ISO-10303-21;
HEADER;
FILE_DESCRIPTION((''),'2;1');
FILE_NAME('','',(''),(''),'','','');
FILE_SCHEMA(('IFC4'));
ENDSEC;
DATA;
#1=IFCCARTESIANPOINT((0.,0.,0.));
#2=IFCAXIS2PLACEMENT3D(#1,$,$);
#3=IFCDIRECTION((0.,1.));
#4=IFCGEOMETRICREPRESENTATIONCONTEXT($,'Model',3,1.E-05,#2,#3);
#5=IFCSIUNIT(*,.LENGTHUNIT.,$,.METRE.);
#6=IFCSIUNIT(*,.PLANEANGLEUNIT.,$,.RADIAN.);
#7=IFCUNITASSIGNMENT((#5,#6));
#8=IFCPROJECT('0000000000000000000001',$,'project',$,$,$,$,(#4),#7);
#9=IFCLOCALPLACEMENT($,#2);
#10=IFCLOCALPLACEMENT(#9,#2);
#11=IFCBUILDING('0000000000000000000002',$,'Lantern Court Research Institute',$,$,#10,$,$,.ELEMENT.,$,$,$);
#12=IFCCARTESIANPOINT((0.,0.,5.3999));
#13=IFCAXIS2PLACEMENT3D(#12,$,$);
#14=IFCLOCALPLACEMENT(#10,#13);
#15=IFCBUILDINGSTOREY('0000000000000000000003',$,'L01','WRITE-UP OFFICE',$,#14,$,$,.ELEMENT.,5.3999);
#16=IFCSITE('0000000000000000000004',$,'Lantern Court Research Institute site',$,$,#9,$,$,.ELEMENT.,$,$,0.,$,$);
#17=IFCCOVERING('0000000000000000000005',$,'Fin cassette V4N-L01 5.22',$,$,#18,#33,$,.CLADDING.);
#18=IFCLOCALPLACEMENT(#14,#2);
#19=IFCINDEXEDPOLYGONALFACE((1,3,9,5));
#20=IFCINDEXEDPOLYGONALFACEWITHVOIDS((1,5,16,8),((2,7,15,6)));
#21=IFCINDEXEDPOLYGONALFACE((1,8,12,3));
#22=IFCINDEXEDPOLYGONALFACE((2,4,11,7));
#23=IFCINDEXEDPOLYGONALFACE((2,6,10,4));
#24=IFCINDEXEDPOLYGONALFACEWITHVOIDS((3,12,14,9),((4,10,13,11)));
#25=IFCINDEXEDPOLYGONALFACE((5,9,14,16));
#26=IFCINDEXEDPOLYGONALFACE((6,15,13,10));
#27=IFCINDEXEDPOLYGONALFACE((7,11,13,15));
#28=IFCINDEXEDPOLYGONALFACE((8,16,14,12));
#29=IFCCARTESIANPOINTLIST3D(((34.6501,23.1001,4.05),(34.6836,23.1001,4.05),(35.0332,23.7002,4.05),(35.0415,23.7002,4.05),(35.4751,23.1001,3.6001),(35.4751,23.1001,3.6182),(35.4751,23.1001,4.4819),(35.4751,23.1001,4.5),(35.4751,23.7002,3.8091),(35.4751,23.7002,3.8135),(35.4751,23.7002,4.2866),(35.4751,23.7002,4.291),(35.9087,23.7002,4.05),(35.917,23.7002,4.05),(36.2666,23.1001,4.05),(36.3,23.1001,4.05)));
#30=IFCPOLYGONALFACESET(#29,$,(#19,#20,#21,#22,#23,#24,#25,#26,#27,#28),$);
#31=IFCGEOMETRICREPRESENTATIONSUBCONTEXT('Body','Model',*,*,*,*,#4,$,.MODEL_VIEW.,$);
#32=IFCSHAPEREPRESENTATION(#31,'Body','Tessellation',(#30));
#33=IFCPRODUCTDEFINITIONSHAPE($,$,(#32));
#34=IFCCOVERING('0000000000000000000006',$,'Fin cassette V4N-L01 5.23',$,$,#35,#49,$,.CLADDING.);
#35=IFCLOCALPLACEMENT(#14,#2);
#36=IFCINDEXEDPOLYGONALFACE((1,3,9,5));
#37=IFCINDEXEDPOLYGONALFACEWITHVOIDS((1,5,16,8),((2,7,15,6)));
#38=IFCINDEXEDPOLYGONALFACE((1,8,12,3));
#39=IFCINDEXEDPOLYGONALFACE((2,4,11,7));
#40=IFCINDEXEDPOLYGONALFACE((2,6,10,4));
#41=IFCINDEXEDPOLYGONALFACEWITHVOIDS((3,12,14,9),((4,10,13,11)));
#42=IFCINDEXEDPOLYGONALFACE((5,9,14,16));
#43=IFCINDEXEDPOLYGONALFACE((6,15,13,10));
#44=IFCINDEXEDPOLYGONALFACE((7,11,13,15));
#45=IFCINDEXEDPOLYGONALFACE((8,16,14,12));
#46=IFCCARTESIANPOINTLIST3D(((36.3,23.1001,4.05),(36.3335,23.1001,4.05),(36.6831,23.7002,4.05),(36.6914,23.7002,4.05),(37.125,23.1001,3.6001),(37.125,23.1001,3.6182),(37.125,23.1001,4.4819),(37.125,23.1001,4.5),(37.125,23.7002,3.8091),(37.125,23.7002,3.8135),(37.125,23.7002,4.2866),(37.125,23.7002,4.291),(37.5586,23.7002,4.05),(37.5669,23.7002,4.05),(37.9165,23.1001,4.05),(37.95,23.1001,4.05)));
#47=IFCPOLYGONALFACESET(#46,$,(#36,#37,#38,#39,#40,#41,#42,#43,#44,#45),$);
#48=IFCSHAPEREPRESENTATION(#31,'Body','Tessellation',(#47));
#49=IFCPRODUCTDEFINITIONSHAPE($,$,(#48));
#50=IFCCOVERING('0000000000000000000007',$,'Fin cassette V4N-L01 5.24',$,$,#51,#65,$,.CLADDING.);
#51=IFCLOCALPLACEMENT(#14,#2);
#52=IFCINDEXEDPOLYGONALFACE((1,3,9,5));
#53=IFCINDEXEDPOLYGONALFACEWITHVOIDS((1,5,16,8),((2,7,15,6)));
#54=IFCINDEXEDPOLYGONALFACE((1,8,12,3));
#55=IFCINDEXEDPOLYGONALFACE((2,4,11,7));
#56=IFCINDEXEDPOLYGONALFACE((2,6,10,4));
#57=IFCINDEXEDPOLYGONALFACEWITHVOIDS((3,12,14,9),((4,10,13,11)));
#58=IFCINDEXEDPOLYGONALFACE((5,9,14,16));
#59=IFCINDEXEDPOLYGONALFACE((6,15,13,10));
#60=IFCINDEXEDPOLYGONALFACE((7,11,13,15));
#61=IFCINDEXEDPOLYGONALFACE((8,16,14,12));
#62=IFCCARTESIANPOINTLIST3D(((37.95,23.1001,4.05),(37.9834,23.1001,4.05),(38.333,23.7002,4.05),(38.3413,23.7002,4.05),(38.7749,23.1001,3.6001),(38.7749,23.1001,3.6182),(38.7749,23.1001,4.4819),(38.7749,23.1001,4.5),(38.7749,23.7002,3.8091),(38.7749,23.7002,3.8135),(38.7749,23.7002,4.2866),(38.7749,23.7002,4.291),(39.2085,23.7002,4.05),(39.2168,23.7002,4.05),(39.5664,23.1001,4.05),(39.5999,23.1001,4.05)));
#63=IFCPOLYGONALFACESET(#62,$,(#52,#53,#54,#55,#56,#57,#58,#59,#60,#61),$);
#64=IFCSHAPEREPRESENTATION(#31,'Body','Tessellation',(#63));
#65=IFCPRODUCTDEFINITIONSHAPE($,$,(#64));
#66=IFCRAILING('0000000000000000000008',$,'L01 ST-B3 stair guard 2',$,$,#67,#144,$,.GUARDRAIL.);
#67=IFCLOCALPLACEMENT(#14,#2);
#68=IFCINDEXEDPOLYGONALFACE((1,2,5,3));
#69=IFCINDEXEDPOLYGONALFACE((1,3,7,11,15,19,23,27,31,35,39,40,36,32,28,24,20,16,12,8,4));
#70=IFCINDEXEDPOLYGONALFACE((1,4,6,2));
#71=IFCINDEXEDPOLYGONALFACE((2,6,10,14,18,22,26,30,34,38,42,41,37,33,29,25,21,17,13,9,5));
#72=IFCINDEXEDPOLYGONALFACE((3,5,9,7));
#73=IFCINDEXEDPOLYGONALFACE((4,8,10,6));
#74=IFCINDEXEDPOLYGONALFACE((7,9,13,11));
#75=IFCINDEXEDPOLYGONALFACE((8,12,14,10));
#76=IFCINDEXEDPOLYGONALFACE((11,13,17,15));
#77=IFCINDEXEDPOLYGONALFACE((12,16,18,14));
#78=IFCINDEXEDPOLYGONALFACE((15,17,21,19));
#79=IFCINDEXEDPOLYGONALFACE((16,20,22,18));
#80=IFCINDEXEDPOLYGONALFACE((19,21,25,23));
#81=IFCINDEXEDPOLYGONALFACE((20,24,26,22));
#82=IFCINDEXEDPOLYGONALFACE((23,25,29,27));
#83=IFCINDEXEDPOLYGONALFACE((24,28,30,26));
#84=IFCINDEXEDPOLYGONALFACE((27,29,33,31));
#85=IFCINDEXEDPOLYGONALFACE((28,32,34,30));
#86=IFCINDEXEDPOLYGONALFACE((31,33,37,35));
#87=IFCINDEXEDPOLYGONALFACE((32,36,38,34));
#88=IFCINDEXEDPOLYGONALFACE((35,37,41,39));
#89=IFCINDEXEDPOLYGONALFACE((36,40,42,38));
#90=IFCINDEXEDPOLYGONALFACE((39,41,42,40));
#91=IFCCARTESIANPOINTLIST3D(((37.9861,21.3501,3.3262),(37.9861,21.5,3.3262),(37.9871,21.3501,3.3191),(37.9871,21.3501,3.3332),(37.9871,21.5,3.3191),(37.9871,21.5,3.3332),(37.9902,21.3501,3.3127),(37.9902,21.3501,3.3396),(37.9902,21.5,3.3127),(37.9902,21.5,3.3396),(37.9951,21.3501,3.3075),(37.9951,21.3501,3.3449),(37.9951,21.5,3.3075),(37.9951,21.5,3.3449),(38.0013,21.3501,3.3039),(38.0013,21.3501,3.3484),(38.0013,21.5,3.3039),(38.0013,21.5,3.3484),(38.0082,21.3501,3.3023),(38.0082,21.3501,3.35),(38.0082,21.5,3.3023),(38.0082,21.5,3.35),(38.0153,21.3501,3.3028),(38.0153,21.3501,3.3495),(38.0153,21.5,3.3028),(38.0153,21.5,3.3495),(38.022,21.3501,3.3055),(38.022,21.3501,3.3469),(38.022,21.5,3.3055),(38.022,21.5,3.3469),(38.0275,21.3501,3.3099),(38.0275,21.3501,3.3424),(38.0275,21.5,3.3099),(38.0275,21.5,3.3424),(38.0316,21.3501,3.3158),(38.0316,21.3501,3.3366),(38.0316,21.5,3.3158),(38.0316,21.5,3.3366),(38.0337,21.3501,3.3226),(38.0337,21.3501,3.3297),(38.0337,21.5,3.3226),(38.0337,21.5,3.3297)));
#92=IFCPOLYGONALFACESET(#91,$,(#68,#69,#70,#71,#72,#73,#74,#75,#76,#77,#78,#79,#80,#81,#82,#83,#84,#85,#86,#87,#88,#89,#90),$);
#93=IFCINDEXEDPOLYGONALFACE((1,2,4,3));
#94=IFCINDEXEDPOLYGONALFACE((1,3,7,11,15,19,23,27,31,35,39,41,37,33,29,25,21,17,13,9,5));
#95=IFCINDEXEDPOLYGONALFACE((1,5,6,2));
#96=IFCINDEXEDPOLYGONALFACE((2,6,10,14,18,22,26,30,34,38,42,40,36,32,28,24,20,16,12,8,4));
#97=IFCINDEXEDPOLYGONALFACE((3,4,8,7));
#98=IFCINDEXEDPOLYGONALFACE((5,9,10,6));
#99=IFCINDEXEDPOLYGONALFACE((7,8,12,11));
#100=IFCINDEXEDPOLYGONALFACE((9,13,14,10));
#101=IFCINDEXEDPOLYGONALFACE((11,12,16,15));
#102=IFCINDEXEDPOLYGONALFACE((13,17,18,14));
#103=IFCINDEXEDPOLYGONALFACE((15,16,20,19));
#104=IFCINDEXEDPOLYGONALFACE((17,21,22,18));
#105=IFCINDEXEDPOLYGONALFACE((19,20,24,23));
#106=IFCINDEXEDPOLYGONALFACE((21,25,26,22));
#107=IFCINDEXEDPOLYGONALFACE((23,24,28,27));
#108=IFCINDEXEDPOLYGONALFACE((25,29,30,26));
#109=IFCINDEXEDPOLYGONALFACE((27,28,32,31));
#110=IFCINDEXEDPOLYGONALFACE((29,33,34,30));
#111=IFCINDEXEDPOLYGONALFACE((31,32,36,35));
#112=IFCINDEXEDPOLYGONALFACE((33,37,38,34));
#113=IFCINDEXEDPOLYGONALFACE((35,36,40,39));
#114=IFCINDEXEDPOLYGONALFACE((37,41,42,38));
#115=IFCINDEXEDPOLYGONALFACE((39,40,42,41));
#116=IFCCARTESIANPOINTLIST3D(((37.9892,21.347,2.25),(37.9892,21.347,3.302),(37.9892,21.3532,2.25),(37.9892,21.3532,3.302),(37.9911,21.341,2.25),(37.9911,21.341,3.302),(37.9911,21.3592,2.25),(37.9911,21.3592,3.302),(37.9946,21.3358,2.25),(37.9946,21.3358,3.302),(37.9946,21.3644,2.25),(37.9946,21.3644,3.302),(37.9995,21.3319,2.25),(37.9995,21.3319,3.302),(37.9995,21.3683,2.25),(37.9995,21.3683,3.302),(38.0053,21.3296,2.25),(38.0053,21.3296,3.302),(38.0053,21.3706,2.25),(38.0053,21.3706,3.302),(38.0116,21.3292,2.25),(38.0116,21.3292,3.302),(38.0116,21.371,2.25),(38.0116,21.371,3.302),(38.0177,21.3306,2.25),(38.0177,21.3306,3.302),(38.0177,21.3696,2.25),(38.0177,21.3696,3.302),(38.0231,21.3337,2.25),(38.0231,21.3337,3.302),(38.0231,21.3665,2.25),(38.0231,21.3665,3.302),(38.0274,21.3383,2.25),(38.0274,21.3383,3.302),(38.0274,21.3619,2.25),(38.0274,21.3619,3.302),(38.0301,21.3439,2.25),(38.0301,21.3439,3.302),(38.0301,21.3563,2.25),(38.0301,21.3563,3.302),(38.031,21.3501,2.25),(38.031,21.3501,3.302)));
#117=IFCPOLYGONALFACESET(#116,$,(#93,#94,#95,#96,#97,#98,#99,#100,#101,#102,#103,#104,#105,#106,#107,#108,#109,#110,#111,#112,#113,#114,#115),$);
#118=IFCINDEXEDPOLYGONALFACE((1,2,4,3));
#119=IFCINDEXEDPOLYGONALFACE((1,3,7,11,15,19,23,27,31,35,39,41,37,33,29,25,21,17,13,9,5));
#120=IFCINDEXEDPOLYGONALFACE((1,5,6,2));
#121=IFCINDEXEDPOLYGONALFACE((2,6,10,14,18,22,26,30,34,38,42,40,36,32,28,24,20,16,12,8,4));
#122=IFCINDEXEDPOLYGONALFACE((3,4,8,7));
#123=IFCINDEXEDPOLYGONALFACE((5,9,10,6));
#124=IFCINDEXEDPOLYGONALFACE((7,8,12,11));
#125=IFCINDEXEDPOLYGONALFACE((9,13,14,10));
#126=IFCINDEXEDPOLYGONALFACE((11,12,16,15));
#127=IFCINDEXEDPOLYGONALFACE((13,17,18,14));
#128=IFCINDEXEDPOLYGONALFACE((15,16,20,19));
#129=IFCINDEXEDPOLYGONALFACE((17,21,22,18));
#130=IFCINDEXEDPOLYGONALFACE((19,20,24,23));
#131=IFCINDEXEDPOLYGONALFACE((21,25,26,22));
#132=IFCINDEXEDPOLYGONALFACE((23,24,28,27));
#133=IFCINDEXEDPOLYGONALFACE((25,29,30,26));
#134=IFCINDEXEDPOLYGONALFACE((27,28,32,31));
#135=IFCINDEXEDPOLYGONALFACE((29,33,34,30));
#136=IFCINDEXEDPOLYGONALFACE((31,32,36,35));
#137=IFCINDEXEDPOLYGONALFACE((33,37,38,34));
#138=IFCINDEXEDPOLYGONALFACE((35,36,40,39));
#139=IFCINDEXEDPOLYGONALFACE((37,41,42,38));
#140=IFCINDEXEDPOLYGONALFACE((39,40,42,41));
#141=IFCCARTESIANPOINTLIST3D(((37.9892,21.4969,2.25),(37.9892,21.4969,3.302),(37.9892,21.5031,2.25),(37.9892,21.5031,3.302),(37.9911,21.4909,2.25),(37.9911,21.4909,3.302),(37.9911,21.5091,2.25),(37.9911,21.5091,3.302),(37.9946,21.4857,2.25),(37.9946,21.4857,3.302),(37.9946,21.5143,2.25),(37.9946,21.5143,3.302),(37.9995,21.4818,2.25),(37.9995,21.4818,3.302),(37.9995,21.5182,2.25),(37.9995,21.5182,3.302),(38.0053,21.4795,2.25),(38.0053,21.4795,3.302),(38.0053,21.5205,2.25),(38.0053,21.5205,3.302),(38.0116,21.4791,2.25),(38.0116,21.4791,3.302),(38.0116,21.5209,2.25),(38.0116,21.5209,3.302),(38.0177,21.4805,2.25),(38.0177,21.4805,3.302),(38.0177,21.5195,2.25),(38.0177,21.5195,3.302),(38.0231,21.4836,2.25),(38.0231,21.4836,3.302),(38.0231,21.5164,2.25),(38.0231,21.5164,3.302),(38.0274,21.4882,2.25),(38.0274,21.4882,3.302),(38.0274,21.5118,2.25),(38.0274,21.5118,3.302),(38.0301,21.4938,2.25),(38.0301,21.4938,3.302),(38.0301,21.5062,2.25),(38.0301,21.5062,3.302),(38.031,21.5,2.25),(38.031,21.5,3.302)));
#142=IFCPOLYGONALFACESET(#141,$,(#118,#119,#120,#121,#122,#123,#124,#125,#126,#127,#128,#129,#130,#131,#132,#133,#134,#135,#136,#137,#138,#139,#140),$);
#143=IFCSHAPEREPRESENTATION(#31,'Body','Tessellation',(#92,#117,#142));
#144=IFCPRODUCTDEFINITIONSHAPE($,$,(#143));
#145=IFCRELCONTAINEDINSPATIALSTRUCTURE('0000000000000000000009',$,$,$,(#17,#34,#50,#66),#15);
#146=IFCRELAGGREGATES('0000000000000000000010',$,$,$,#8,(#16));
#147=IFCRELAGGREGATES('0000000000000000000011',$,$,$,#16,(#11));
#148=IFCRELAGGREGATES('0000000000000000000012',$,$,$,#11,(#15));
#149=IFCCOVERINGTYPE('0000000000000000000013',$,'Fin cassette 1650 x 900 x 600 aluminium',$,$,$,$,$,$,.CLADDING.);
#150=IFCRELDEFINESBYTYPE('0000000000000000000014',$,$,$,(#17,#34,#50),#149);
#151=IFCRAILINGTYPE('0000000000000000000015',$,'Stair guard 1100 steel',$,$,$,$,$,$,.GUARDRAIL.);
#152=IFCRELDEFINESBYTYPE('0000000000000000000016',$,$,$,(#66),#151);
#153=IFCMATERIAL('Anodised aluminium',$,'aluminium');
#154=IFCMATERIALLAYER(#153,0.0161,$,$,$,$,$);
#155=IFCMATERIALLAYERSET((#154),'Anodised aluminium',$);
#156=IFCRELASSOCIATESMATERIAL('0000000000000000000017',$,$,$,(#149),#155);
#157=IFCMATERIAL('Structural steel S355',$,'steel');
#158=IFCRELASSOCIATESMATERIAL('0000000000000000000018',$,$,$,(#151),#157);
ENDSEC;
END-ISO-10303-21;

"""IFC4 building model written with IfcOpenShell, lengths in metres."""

from ifc_helpers import new_model, entity, si_unit, direction, frame, origin, origin_2d, place, context, subcontext, project, spatial, circle, extrude, material, layer, layer_set, type_object, element, save


model = new_model("IFC4")

# Units and contexts
model_context = context("Model", 3, precision=1e-05, world=origin(), true_north=direction((0.0, 1.0)))
body_context = subcontext(model_context, "Body", "Model", "MODEL_VIEW")
ifc_project = project(units=[si_unit("LENGTHUNIT", "METRE"), si_unit("PLANEANGLEUNIT", "RADIAN")], contexts=[model_context])

# Site, building, storey
site_placement = place(None, origin())
site = spatial("IfcSite", under=ifc_project, at=site_placement, Name="Lantern Court Research Institute site", CompositionType="ELEMENT", RefElevation=0.0)
building_placement = place(site_placement, origin())
building = spatial("IfcBuilding", under=site, at=building_placement, Name="Lantern Court Research Institute", CompositionType="ELEMENT")
storey_placement = place(building_placement, frame((0.0, 0.0, 5.3999)))
storey = spatial("IfcBuildingStorey", under=building, at=storey_placement, Name="L01", Description="WRITE-UP OFFICE", CompositionType="ELEMENT", Elevation=5.3999)

# Coverings
ifc_material_1 = material(Name="Anodised aluminium", Category="aluminium")
ifc_layer_1 = layer(ifc_material_1, 0.0161)
ifc_layer_set_1 = layer_set([ifc_layer_1], Name="Anodised aluminium")
covering_type = type_object("IfcCoveringType", Name="Fin cassette 1650 x 900 x 600 aluminium", PredefinedType="CLADDING", material=ifc_layer_set_1)
covering_1_placement = place(storey_placement, frame((35.4751, 23.1001, 4.05), z_axis=(0.0, 1.0, 0.0), x_axis=(-1.0, 0.0, 0.0)))
cartesian_point_1 = entity("IfcCartesianPoint", [0.825, 0.0])
cartesian_point_2 = entity("IfcCartesianPoint", [0.7915, 0.0])
cartesian_point_3 = entity("IfcCartesianPoint", [0.4419, 0.0])
cartesian_point_4 = entity("IfcCartesianPoint", [0.4336, 0.0])
element("IfcCovering", 1, at=covering_1_placement, inside=storey, type_object=covering_type, Name="Fin cassette V4N-L01 5.22", PredefinedType="CLADDING", context=body_context, shape_type="SweptSolid", body=[
    entity("IfcExtrudedAreaSolidTapered", entity("IfcArbitraryProfileDefWithVoids", "AREA", None, entity("IfcPolyline", [cartesian_point_1, entity("IfcCartesianPoint", [0.0, 0.45]), entity("IfcCartesianPoint", [-0.825, 0.0]), entity("IfcCartesianPoint", [0.0, -0.45]), cartesian_point_1]), [entity("IfcPolyline", [cartesian_point_2, entity("IfcCartesianPoint", [0.0, 0.4319]), entity("IfcCartesianPoint", [-0.7915, 0.0]), entity("IfcCartesianPoint", [0.0, -0.4319]), cartesian_point_2])]), entity("IfcAxis2Placement3D", entity("IfcCartesianPoint", [0.0, 0.0, 0.0])), entity("IfcDirection", [0.0, 0.0, 1.0]), 0.6001, entity("IfcArbitraryProfileDefWithVoids", "AREA", None, entity("IfcPolyline", [cartesian_point_3, entity("IfcCartesianPoint", [0.0, 0.241]), entity("IfcCartesianPoint", [-0.4419, 0.0]), entity("IfcCartesianPoint", [0.0, -0.241]), cartesian_point_3]), [entity("IfcPolyline", [cartesian_point_4, entity("IfcCartesianPoint", [0.0, 0.2366]), entity("IfcCartesianPoint", [-0.4336, 0.0]), entity("IfcCartesianPoint", [0.0, -0.2366]), cartesian_point_4])])),
])
covering_2_placement = place(storey_placement, frame((37.125, 23.1001, 4.05), z_axis=(0.0, 1.0, 0.0), x_axis=(-1.0, 0.0, 0.0)))
cartesian_point_5 = entity("IfcCartesianPoint", [0.825, 0.0])
cartesian_point_6 = entity("IfcCartesianPoint", [0.7915, 0.0])
cartesian_point_7 = entity("IfcCartesianPoint", [0.4419, 0.0])
cartesian_point_8 = entity("IfcCartesianPoint", [0.4336, 0.0])
element("IfcCovering", 2, at=covering_2_placement, inside=storey, type_object=covering_type, Name="Fin cassette V4N-L01 5.23", PredefinedType="CLADDING", context=body_context, shape_type="SweptSolid", body=[
    entity("IfcExtrudedAreaSolidTapered", entity("IfcArbitraryProfileDefWithVoids", "AREA", None, entity("IfcPolyline", [cartesian_point_5, entity("IfcCartesianPoint", [0.0, 0.45]), entity("IfcCartesianPoint", [-0.825, 0.0]), entity("IfcCartesianPoint", [0.0, -0.45]), cartesian_point_5]), [entity("IfcPolyline", [cartesian_point_6, entity("IfcCartesianPoint", [0.0, 0.4319]), entity("IfcCartesianPoint", [-0.7915, 0.0]), entity("IfcCartesianPoint", [0.0, -0.4319]), cartesian_point_6])]), entity("IfcAxis2Placement3D", entity("IfcCartesianPoint", [0.0, 0.0, 0.0])), entity("IfcDirection", [0.0, 0.0, 1.0]), 0.6001, entity("IfcArbitraryProfileDefWithVoids", "AREA", None, entity("IfcPolyline", [cartesian_point_7, entity("IfcCartesianPoint", [0.0, 0.241]), entity("IfcCartesianPoint", [-0.4419, 0.0]), entity("IfcCartesianPoint", [0.0, -0.241]), cartesian_point_7]), [entity("IfcPolyline", [cartesian_point_8, entity("IfcCartesianPoint", [0.0, 0.2366]), entity("IfcCartesianPoint", [-0.4336, 0.0]), entity("IfcCartesianPoint", [0.0, -0.2366]), cartesian_point_8])])),
])
covering_3_placement = place(storey_placement, frame((38.7749, 23.1001, 4.05), z_axis=(0.0, 1.0, 0.0), x_axis=(-1.0, 0.0, 0.0)))
cartesian_point_9 = entity("IfcCartesianPoint", [0.825, 0.0])
cartesian_point_10 = entity("IfcCartesianPoint", [0.7915, 0.0])
cartesian_point_11 = entity("IfcCartesianPoint", [0.4419, 0.0])
cartesian_point_12 = entity("IfcCartesianPoint", [0.4336, 0.0])
element("IfcCovering", 3, at=covering_3_placement, inside=storey, type_object=covering_type, Name="Fin cassette V4N-L01 5.24", PredefinedType="CLADDING", context=body_context, shape_type="SweptSolid", body=[
    entity("IfcExtrudedAreaSolidTapered", entity("IfcArbitraryProfileDefWithVoids", "AREA", None, entity("IfcPolyline", [cartesian_point_9, entity("IfcCartesianPoint", [0.0, 0.45]), entity("IfcCartesianPoint", [-0.825, 0.0]), entity("IfcCartesianPoint", [0.0, -0.45]), cartesian_point_9]), [entity("IfcPolyline", [cartesian_point_10, entity("IfcCartesianPoint", [0.0, 0.4319]), entity("IfcCartesianPoint", [-0.7915, 0.0]), entity("IfcCartesianPoint", [0.0, -0.4319]), cartesian_point_10])]), entity("IfcAxis2Placement3D", entity("IfcCartesianPoint", [0.0, 0.0, 0.0])), entity("IfcDirection", [0.0, 0.0, 1.0]), 0.6001, entity("IfcArbitraryProfileDefWithVoids", "AREA", None, entity("IfcPolyline", [cartesian_point_11, entity("IfcCartesianPoint", [0.0, 0.241]), entity("IfcCartesianPoint", [-0.4419, 0.0]), entity("IfcCartesianPoint", [0.0, -0.241]), cartesian_point_11]), [entity("IfcPolyline", [cartesian_point_12, entity("IfcCartesianPoint", [0.0, 0.2366]), entity("IfcCartesianPoint", [-0.4336, 0.0]), entity("IfcCartesianPoint", [0.0, -0.2366]), cartesian_point_12])])),
])

# Railing
ifc_material_2 = material(Name="Structural steel S355", Category="steel")
railing_type_1 = type_object("IfcRailingType", Name="Stair guard 1100 steel", PredefinedType="GUARDRAIL", material=ifc_material_2)
railing_1_placement = place(storey_placement, frame((38.01, 21.3501, 2.25)))
element("IfcRailing", 4, at=railing_1_placement, inside=storey, type_object=railing_type_1, Name="L01 ST-B3 stair guard 2", PredefinedType="GUARDRAIL", context=body_context, shape_type="SweptSolid", body=[
    extrude(circle(Radius=0.0239, at=origin_2d()), frame((0.0, 0.0, 1.0762), z_axis=(0.0, 1.0, 0.0), x_axis=(-1.0, 0.0, 0.0)), (0.0, 0.0, 1.0), 0.1499),
    extrude(circle(Radius=0.021, at=origin_2d()), origin(), (0.0, 0.0, 1.0), 1.052),
    extrude(circle(Radius=0.021, at=origin_2d()), frame((0.0, 0.1499, 0.0)), (0.0, 0.0, 1.0), 1.052),
])

save(model, "model.ifc")
